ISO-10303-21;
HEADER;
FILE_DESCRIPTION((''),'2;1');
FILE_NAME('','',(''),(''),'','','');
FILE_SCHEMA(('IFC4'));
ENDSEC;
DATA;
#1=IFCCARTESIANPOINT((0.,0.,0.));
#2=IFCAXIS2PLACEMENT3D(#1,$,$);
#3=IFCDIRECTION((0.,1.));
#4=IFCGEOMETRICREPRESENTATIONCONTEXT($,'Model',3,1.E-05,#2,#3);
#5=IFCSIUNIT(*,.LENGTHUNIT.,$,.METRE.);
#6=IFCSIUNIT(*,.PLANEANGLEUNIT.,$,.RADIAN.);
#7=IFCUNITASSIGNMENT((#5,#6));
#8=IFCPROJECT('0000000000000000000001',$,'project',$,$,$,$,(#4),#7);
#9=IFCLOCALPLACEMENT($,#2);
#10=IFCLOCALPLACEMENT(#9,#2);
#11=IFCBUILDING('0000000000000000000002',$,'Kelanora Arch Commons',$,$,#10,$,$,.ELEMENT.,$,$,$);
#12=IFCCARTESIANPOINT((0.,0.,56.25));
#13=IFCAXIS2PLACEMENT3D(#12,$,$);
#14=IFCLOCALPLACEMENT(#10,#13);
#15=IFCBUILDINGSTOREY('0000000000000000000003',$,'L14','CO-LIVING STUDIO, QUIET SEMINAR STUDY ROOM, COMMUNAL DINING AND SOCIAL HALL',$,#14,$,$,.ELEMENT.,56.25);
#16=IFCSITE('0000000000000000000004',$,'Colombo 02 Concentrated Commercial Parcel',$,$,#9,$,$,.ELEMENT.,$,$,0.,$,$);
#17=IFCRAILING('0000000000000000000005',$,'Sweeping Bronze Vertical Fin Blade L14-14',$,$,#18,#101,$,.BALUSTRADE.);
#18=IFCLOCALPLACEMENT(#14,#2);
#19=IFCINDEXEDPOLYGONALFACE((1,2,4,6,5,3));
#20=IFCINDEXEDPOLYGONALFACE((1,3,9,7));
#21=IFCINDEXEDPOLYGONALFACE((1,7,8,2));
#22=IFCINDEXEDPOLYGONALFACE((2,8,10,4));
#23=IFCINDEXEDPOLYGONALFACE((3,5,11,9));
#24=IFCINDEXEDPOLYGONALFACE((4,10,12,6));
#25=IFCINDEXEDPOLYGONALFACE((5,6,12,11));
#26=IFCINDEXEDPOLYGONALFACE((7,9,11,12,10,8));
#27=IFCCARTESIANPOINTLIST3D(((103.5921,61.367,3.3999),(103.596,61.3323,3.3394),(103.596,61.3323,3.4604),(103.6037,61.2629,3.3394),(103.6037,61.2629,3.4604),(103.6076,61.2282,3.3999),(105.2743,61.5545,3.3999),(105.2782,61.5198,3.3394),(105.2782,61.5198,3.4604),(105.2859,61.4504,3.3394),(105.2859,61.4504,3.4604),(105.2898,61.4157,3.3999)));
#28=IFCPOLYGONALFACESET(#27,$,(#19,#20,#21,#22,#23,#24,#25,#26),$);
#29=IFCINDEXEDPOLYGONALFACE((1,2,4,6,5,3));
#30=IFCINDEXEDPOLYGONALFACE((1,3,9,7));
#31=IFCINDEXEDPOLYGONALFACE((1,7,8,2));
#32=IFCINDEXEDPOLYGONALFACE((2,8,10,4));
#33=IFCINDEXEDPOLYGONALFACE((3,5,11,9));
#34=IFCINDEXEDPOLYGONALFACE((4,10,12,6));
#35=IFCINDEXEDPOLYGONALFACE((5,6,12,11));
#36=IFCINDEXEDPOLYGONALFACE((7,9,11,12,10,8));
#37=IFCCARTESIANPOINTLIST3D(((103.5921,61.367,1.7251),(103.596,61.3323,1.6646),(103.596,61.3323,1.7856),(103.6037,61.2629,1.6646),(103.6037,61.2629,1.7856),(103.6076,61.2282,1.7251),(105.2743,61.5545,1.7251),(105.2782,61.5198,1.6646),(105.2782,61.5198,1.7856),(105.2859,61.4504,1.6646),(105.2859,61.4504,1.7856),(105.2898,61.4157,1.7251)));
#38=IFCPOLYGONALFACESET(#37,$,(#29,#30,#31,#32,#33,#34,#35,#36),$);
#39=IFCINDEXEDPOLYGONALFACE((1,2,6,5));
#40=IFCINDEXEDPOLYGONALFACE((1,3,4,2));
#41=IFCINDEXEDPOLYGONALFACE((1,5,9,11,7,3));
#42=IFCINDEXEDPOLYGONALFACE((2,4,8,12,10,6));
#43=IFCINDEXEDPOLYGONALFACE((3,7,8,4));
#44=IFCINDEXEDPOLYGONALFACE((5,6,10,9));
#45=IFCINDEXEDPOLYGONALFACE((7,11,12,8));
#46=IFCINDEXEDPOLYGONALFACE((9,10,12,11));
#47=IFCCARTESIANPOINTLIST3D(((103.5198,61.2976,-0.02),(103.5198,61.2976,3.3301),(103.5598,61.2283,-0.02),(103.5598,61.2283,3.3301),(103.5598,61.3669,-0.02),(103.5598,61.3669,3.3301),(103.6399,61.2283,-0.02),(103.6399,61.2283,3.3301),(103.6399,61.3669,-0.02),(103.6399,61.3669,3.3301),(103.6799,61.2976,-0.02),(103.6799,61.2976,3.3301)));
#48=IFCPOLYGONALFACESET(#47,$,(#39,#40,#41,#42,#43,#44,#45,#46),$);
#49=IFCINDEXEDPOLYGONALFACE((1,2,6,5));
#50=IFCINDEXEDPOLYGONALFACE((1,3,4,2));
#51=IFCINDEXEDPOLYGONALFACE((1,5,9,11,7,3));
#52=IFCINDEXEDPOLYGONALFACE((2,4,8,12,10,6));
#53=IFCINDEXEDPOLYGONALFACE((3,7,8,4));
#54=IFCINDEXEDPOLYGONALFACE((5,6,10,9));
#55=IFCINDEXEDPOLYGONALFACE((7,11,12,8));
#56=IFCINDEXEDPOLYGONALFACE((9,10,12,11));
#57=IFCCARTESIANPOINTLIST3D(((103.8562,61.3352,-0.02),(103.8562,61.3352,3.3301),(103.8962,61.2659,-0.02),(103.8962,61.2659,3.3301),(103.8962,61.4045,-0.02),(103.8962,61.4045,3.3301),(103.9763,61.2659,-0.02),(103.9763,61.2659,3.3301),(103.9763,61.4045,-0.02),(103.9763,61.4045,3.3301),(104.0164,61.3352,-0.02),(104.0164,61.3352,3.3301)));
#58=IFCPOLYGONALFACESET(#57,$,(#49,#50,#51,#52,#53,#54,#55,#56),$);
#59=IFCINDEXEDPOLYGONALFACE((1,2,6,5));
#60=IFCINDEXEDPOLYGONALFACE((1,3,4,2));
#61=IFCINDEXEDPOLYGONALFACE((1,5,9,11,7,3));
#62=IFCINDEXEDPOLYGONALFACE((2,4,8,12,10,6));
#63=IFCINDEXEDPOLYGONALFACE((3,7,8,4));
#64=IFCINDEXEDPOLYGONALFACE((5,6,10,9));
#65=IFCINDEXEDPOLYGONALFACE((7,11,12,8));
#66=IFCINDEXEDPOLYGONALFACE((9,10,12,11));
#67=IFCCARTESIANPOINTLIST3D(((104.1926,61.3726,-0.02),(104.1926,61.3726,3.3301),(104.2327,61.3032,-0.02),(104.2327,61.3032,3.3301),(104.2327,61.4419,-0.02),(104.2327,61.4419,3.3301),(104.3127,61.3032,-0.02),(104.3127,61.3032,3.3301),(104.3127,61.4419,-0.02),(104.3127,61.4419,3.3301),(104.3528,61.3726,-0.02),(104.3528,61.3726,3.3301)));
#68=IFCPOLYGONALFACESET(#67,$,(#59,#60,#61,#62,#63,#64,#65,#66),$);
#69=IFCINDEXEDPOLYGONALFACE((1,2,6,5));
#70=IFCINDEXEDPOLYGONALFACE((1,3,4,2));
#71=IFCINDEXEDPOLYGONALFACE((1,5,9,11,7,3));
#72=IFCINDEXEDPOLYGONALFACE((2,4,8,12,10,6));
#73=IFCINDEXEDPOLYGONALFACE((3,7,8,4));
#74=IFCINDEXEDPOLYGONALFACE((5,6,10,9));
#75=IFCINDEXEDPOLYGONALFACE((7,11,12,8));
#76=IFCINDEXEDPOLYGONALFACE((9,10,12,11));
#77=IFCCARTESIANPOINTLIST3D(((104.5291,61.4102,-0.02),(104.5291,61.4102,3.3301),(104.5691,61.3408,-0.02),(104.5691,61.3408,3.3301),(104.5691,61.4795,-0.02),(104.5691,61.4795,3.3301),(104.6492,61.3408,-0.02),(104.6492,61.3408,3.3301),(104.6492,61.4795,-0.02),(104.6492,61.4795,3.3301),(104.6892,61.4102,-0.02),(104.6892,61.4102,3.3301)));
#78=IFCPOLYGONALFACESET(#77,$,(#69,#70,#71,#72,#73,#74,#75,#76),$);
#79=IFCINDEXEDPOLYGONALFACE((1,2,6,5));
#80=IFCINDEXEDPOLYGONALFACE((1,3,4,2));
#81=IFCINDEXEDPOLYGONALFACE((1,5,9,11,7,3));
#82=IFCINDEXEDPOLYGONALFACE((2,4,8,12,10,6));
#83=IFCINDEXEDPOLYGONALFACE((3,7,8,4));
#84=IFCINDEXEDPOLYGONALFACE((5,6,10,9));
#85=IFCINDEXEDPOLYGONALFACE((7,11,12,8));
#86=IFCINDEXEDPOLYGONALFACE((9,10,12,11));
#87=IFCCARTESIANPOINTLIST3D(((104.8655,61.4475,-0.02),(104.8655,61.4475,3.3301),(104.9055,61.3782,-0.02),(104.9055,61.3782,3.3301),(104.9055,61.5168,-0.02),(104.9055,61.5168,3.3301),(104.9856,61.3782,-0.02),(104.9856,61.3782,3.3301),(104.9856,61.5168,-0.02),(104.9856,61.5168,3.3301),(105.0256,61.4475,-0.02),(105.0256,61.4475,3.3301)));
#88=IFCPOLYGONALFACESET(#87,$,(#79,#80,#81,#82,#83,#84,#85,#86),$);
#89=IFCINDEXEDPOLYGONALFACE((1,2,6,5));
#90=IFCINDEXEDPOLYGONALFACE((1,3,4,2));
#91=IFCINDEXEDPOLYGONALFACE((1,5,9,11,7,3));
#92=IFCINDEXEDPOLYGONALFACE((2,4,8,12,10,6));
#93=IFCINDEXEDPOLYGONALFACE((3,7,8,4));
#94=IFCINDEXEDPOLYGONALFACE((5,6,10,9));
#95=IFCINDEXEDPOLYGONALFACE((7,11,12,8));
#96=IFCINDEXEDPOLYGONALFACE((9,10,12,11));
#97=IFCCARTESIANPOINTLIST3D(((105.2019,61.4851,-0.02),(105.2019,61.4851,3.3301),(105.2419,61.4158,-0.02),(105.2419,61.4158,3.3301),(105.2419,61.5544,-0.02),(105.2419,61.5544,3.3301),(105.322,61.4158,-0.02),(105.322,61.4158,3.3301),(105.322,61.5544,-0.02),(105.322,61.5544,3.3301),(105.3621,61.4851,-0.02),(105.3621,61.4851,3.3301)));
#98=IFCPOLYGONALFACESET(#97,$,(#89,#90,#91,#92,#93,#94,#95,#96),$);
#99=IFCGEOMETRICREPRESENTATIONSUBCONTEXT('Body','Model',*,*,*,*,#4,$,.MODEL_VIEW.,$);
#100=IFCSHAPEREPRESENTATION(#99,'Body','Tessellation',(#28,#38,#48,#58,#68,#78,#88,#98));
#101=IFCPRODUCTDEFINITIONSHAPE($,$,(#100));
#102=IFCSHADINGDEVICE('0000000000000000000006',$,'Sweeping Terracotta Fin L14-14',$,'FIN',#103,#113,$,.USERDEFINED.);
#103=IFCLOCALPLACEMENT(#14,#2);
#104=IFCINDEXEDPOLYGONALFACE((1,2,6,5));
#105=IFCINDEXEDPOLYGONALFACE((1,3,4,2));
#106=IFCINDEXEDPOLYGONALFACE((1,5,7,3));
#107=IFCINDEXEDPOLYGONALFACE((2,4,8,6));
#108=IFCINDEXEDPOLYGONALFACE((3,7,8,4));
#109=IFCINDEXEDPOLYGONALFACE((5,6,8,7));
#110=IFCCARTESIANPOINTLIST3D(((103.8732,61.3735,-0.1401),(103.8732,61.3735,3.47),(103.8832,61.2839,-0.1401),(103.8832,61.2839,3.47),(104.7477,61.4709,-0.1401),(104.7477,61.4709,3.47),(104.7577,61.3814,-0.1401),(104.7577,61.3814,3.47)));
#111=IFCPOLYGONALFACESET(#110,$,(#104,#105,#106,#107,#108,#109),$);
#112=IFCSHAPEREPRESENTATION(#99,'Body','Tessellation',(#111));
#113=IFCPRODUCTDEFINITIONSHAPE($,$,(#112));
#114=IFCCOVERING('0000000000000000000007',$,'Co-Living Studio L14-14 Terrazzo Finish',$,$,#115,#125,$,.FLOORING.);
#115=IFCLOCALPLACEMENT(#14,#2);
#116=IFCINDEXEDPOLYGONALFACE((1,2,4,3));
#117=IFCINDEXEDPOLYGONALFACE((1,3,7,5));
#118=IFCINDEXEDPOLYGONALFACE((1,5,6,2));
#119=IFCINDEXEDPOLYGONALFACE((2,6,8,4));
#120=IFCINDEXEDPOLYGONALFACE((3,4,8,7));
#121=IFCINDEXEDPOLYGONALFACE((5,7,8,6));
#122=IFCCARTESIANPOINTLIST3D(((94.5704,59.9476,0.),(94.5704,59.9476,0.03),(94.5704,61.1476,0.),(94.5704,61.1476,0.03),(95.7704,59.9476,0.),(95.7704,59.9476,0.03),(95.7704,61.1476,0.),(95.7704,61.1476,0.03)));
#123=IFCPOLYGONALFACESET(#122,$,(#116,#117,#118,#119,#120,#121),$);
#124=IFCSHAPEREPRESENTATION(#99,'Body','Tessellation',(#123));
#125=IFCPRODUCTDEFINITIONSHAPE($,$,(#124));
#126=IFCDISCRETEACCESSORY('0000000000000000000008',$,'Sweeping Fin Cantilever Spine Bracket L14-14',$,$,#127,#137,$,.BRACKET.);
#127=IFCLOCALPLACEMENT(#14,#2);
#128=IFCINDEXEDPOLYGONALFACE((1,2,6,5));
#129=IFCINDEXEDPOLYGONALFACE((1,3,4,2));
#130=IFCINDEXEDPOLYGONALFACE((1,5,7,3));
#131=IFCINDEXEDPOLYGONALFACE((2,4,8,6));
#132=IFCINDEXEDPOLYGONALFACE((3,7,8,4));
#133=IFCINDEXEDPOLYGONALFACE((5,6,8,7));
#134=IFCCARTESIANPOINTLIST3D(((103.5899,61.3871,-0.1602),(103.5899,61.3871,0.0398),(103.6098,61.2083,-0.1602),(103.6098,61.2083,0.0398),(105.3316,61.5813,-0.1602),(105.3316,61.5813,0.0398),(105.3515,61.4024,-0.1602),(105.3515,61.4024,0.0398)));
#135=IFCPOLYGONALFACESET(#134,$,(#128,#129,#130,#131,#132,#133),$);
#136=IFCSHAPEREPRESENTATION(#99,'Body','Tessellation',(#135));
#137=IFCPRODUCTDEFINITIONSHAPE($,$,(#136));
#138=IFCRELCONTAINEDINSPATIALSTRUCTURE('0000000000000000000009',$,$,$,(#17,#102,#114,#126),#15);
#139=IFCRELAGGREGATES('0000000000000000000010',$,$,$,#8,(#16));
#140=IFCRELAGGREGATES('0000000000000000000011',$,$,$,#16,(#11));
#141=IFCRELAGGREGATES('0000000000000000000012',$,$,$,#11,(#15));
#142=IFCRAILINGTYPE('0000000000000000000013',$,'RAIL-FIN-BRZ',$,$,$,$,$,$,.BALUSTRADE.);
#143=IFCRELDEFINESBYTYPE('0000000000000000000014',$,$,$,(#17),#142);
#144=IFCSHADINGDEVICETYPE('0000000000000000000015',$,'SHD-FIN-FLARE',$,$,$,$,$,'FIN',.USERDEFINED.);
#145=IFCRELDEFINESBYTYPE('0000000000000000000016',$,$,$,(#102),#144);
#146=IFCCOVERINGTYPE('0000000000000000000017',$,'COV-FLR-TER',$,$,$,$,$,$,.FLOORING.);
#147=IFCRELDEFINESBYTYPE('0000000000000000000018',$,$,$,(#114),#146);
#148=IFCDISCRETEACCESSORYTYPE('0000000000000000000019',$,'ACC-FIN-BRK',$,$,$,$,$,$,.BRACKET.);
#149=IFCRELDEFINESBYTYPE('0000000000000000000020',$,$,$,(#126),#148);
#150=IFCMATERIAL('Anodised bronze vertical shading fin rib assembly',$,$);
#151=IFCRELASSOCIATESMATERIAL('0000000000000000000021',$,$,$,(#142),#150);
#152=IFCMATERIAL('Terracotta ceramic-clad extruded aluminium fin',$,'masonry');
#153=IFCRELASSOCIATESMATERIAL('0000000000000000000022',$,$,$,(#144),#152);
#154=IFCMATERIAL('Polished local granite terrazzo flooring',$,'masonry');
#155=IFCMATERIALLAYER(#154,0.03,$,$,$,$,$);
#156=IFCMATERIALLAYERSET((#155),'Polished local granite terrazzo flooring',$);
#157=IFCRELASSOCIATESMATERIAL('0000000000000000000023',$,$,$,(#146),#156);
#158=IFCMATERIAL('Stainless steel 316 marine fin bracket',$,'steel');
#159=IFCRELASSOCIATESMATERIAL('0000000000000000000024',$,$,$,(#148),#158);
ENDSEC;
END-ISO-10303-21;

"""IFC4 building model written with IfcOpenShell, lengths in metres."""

from ifc_helpers import new_model, si_unit, direction, frame, origin, origin_2d, place, context, subcontext, project, spatial, polyline, rectangle, outline, extrude, source, transform, mapped, material, layer, layer_set, type_object, element, save


model = new_model("IFC4")

# Units and contexts
model_context = context("Model", 3, precision=1e-05, world=origin(), true_north=direction((0.0, 1.0)))
body_context = subcontext(model_context, "Body", "Model", "MODEL_VIEW")
ifc_project = project(units=[si_unit("LENGTHUNIT", "METRE"), si_unit("PLANEANGLEUNIT", "RADIAN")], contexts=[model_context])

# Site, building, storey
site_placement = place(None, origin())
site = spatial("IfcSite", under=ifc_project, at=site_placement, Name="Colombo 02 Concentrated Commercial Parcel", CompositionType="ELEMENT", RefElevation=0.0)
building_placement = place(site_placement, origin())
building = spatial("IfcBuilding", under=site, at=building_placement, Name="Kelanora Arch Commons", CompositionType="ELEMENT")
storey_placement = place(building_placement, frame((0.0, 0.0, 56.25)))
storey = spatial("IfcBuildingStorey", under=building, at=storey_placement, Name="L14", Description="CO-LIVING STUDIO, QUIET SEMINAR STUDY ROOM, COMMUNAL DINING AND SOCIAL HALL", CompositionType="ELEMENT", Elevation=56.25)

# Railing
ifc_material_1 = material(Name="Anodised bronze vertical shading fin rib assembly")
railing_type_1 = type_object("IfcRailingType", Name="RAIL-FIN-BRZ", PredefinedType="BALUSTRADE", material=ifc_material_1)
railing_1_placement = place(storey_placement, frame((103.5999, 61.2976, -0.02)))
element("IfcRailing", 1, at=railing_1_placement, inside=storey, type_object=railing_type_1, Name="Sweeping Bronze Vertical Fin Blade L14-14", PredefinedType="BALUSTRADE", context=body_context, shape_type="SweptSolid", body=[
    extrude(outline(polyline([(0.0698, 0.0), (0.0349, 0.0605), (-0.0349, 0.0605), (-0.0698, 0.0), (-0.0349, -0.0605), (0.0349, -0.0605), (0.0698, 0.0)])), frame((0.0, 0.0, 3.4199), z_axis=(0.993845, 0.11078, 0.0), x_axis=(-0.11078, 0.993845, 0.0)), (0.0, 0.0, 1.0), 1.6926),
    extrude(outline(polyline([(0.0698, 0.0), (0.0349, 0.0605), (-0.0349, 0.0605), (-0.0698, 0.0), (-0.0349, -0.0605), (0.0349, -0.0605), (0.0698, 0.0)])), frame((0.0, 0.0, 1.7451), z_axis=(0.993845, 0.11078, 0.0), x_axis=(-0.11078, 0.993845, 0.0)), (0.0, 0.0, 1.0), 1.6926),
    extrude(outline(polyline([(0.0801, 0.0), (0.04, 0.0693), (-0.04, 0.0693), (-0.0801, 0.0), (-0.04, -0.0693), (0.04, -0.0693), (0.0801, 0.0)])), origin(), (0.0, 0.0, 1.0), 3.3501),
    extrude(outline(polyline([(0.0801, 0.0), (0.04, 0.0693), (-0.04, 0.0693), (-0.0801, 0.0), (-0.04, -0.0693), (0.04, -0.0693), (0.0801, 0.0)])), frame((0.3364, 0.0376, 0.0)), (0.0, 0.0, 1.0), 3.3501),
    extrude(outline(polyline([(0.0801, 0.0), (0.04, 0.0693), (-0.04, 0.0693), (-0.0801, 0.0), (-0.04, -0.0693), (0.04, -0.0693), (0.0801, 0.0)])), frame((0.6729, 0.075, 0.0)), (0.0, 0.0, 1.0), 3.3501),
    extrude(outline(polyline([(0.0801, 0.0), (0.04, 0.0693), (-0.04, 0.0693), (-0.0801, 0.0), (-0.04, -0.0693), (0.04, -0.0693), (0.0801, 0.0)])), frame((1.0093, 0.1125, 0.0)), (0.0, 0.0, 1.0), 3.3501),
    extrude(outline(polyline([(0.0801, 0.0), (0.04, 0.0693), (-0.04, 0.0693), (-0.0801, 0.0), (-0.04, -0.0693), (0.04, -0.0693), (0.0801, 0.0)])), frame((1.3457, 0.1499, 0.0)), (0.0, 0.0, 1.0), 3.3501),
    extrude(outline(polyline([(0.0801, 0.0), (0.04, 0.0693), (-0.04, 0.0693), (-0.0801, 0.0), (-0.04, -0.0693), (0.04, -0.0693), (0.0801, 0.0)])), frame((1.6821, 0.1875, 0.0)), (0.0, 0.0, 1.0), 3.3501),
])

# Shading device
ifc_material_2 = material(Name="Terracotta ceramic-clad extruded aluminium fin", Category="masonry")
shading_device_type = type_object("IfcShadingDeviceType", Name="SHD-FIN-FLARE", ElementType="FIN", PredefinedType="USERDEFINED", material=ifc_material_2)
shared_shape_1 = source(origin(), body_context, "Body", "SweptSolid", [
    extrude(rectangle(XDim=0.8799, YDim=0.0901, at=origin_2d()), origin(), (0.0, 0.0, 1.0), 3.6101),
])
shading_device_placement = place(storey_placement, frame((104.3154, 61.3774, -0.1401), z_axis=(0.0, 0.0, 1.0), x_axis=(0.993845, 0.110775, 0.0)))
element("IfcShadingDevice", 2, at=shading_device_placement, inside=storey, type_object=shading_device_type, Name="Sweeping Terracotta Fin L14-14", ObjectType="FIN", PredefinedType="USERDEFINED", context=body_context, shape_type="MappedRepresentation", body=[
    mapped(shared_shape_1, transform((0.0, 0.0, 0.0), scale=1.0)),
])

# Covering
ifc_material_3 = material(Name="Polished local granite terrazzo flooring", Category="masonry")
ifc_layer_1 = layer(ifc_material_3, 0.03)
ifc_layer_set_1 = layer_set([ifc_layer_1], Name="Polished local granite terrazzo flooring")
covering_type = type_object("IfcCoveringType", Name="COV-FLR-TER", PredefinedType="FLOORING", material=ifc_layer_set_1)
shared_shape_2 = source(origin(), body_context, "Body", "SweptSolid", [
    extrude(rectangle(XDim=1.2, YDim=1.2, at=origin_2d()), origin(), (0.0, 0.0, 1.0), 0.03),
])
covering_placement = place(storey_placement, frame((95.1704, 60.5476, 0.0), z_axis=(0.0, 0.0, 1.0), x_axis=(1.0, 0.0, 0.0)))
element("IfcCovering", 3, at=covering_placement, inside=storey, type_object=covering_type, Name="Co-Living Studio L14-14 Terrazzo Finish", PredefinedType="FLOORING", context=body_context, shape_type="MappedRepresentation", body=[
    mapped(shared_shape_2, transform((0.0, 0.0, 0.0), scale=1.0)),
])

# Discrete accessory
ifc_material_4 = material(Name="Stainless steel 316 marine fin bracket", Category="steel")
discrete_accessory_type = type_object("IfcDiscreteAccessoryType", Name="ACC-FIN-BRK", PredefinedType="BRACKET", material=ifc_material_4)
shared_shape_3 = source(origin(), body_context, "Body", "SweptSolid", [
    extrude(rectangle(XDim=1.7524, YDim=0.1799, at=origin_2d()), origin(), (0.0, 0.0, 1.0), 0.2),
])
discrete_accessory_placement = place(storey_placement, frame((104.4707, 61.3948, -0.1602), z_axis=(0.0, 0.0, 1.0), x_axis=(0.993845, 0.110775, 0.0)))
element("IfcDiscreteAccessory", 4, at=discrete_accessory_placement, inside=storey, type_object=discrete_accessory_type, Name="Sweeping Fin Cantilever Spine Bracket L14-14", PredefinedType="BRACKET", context=body_context, shape_type="MappedRepresentation", body=[
    mapped(shared_shape_3, transform((0.0, 0.0, 0.0), scale=1.0)),
])

save(model, "model.ifc")
